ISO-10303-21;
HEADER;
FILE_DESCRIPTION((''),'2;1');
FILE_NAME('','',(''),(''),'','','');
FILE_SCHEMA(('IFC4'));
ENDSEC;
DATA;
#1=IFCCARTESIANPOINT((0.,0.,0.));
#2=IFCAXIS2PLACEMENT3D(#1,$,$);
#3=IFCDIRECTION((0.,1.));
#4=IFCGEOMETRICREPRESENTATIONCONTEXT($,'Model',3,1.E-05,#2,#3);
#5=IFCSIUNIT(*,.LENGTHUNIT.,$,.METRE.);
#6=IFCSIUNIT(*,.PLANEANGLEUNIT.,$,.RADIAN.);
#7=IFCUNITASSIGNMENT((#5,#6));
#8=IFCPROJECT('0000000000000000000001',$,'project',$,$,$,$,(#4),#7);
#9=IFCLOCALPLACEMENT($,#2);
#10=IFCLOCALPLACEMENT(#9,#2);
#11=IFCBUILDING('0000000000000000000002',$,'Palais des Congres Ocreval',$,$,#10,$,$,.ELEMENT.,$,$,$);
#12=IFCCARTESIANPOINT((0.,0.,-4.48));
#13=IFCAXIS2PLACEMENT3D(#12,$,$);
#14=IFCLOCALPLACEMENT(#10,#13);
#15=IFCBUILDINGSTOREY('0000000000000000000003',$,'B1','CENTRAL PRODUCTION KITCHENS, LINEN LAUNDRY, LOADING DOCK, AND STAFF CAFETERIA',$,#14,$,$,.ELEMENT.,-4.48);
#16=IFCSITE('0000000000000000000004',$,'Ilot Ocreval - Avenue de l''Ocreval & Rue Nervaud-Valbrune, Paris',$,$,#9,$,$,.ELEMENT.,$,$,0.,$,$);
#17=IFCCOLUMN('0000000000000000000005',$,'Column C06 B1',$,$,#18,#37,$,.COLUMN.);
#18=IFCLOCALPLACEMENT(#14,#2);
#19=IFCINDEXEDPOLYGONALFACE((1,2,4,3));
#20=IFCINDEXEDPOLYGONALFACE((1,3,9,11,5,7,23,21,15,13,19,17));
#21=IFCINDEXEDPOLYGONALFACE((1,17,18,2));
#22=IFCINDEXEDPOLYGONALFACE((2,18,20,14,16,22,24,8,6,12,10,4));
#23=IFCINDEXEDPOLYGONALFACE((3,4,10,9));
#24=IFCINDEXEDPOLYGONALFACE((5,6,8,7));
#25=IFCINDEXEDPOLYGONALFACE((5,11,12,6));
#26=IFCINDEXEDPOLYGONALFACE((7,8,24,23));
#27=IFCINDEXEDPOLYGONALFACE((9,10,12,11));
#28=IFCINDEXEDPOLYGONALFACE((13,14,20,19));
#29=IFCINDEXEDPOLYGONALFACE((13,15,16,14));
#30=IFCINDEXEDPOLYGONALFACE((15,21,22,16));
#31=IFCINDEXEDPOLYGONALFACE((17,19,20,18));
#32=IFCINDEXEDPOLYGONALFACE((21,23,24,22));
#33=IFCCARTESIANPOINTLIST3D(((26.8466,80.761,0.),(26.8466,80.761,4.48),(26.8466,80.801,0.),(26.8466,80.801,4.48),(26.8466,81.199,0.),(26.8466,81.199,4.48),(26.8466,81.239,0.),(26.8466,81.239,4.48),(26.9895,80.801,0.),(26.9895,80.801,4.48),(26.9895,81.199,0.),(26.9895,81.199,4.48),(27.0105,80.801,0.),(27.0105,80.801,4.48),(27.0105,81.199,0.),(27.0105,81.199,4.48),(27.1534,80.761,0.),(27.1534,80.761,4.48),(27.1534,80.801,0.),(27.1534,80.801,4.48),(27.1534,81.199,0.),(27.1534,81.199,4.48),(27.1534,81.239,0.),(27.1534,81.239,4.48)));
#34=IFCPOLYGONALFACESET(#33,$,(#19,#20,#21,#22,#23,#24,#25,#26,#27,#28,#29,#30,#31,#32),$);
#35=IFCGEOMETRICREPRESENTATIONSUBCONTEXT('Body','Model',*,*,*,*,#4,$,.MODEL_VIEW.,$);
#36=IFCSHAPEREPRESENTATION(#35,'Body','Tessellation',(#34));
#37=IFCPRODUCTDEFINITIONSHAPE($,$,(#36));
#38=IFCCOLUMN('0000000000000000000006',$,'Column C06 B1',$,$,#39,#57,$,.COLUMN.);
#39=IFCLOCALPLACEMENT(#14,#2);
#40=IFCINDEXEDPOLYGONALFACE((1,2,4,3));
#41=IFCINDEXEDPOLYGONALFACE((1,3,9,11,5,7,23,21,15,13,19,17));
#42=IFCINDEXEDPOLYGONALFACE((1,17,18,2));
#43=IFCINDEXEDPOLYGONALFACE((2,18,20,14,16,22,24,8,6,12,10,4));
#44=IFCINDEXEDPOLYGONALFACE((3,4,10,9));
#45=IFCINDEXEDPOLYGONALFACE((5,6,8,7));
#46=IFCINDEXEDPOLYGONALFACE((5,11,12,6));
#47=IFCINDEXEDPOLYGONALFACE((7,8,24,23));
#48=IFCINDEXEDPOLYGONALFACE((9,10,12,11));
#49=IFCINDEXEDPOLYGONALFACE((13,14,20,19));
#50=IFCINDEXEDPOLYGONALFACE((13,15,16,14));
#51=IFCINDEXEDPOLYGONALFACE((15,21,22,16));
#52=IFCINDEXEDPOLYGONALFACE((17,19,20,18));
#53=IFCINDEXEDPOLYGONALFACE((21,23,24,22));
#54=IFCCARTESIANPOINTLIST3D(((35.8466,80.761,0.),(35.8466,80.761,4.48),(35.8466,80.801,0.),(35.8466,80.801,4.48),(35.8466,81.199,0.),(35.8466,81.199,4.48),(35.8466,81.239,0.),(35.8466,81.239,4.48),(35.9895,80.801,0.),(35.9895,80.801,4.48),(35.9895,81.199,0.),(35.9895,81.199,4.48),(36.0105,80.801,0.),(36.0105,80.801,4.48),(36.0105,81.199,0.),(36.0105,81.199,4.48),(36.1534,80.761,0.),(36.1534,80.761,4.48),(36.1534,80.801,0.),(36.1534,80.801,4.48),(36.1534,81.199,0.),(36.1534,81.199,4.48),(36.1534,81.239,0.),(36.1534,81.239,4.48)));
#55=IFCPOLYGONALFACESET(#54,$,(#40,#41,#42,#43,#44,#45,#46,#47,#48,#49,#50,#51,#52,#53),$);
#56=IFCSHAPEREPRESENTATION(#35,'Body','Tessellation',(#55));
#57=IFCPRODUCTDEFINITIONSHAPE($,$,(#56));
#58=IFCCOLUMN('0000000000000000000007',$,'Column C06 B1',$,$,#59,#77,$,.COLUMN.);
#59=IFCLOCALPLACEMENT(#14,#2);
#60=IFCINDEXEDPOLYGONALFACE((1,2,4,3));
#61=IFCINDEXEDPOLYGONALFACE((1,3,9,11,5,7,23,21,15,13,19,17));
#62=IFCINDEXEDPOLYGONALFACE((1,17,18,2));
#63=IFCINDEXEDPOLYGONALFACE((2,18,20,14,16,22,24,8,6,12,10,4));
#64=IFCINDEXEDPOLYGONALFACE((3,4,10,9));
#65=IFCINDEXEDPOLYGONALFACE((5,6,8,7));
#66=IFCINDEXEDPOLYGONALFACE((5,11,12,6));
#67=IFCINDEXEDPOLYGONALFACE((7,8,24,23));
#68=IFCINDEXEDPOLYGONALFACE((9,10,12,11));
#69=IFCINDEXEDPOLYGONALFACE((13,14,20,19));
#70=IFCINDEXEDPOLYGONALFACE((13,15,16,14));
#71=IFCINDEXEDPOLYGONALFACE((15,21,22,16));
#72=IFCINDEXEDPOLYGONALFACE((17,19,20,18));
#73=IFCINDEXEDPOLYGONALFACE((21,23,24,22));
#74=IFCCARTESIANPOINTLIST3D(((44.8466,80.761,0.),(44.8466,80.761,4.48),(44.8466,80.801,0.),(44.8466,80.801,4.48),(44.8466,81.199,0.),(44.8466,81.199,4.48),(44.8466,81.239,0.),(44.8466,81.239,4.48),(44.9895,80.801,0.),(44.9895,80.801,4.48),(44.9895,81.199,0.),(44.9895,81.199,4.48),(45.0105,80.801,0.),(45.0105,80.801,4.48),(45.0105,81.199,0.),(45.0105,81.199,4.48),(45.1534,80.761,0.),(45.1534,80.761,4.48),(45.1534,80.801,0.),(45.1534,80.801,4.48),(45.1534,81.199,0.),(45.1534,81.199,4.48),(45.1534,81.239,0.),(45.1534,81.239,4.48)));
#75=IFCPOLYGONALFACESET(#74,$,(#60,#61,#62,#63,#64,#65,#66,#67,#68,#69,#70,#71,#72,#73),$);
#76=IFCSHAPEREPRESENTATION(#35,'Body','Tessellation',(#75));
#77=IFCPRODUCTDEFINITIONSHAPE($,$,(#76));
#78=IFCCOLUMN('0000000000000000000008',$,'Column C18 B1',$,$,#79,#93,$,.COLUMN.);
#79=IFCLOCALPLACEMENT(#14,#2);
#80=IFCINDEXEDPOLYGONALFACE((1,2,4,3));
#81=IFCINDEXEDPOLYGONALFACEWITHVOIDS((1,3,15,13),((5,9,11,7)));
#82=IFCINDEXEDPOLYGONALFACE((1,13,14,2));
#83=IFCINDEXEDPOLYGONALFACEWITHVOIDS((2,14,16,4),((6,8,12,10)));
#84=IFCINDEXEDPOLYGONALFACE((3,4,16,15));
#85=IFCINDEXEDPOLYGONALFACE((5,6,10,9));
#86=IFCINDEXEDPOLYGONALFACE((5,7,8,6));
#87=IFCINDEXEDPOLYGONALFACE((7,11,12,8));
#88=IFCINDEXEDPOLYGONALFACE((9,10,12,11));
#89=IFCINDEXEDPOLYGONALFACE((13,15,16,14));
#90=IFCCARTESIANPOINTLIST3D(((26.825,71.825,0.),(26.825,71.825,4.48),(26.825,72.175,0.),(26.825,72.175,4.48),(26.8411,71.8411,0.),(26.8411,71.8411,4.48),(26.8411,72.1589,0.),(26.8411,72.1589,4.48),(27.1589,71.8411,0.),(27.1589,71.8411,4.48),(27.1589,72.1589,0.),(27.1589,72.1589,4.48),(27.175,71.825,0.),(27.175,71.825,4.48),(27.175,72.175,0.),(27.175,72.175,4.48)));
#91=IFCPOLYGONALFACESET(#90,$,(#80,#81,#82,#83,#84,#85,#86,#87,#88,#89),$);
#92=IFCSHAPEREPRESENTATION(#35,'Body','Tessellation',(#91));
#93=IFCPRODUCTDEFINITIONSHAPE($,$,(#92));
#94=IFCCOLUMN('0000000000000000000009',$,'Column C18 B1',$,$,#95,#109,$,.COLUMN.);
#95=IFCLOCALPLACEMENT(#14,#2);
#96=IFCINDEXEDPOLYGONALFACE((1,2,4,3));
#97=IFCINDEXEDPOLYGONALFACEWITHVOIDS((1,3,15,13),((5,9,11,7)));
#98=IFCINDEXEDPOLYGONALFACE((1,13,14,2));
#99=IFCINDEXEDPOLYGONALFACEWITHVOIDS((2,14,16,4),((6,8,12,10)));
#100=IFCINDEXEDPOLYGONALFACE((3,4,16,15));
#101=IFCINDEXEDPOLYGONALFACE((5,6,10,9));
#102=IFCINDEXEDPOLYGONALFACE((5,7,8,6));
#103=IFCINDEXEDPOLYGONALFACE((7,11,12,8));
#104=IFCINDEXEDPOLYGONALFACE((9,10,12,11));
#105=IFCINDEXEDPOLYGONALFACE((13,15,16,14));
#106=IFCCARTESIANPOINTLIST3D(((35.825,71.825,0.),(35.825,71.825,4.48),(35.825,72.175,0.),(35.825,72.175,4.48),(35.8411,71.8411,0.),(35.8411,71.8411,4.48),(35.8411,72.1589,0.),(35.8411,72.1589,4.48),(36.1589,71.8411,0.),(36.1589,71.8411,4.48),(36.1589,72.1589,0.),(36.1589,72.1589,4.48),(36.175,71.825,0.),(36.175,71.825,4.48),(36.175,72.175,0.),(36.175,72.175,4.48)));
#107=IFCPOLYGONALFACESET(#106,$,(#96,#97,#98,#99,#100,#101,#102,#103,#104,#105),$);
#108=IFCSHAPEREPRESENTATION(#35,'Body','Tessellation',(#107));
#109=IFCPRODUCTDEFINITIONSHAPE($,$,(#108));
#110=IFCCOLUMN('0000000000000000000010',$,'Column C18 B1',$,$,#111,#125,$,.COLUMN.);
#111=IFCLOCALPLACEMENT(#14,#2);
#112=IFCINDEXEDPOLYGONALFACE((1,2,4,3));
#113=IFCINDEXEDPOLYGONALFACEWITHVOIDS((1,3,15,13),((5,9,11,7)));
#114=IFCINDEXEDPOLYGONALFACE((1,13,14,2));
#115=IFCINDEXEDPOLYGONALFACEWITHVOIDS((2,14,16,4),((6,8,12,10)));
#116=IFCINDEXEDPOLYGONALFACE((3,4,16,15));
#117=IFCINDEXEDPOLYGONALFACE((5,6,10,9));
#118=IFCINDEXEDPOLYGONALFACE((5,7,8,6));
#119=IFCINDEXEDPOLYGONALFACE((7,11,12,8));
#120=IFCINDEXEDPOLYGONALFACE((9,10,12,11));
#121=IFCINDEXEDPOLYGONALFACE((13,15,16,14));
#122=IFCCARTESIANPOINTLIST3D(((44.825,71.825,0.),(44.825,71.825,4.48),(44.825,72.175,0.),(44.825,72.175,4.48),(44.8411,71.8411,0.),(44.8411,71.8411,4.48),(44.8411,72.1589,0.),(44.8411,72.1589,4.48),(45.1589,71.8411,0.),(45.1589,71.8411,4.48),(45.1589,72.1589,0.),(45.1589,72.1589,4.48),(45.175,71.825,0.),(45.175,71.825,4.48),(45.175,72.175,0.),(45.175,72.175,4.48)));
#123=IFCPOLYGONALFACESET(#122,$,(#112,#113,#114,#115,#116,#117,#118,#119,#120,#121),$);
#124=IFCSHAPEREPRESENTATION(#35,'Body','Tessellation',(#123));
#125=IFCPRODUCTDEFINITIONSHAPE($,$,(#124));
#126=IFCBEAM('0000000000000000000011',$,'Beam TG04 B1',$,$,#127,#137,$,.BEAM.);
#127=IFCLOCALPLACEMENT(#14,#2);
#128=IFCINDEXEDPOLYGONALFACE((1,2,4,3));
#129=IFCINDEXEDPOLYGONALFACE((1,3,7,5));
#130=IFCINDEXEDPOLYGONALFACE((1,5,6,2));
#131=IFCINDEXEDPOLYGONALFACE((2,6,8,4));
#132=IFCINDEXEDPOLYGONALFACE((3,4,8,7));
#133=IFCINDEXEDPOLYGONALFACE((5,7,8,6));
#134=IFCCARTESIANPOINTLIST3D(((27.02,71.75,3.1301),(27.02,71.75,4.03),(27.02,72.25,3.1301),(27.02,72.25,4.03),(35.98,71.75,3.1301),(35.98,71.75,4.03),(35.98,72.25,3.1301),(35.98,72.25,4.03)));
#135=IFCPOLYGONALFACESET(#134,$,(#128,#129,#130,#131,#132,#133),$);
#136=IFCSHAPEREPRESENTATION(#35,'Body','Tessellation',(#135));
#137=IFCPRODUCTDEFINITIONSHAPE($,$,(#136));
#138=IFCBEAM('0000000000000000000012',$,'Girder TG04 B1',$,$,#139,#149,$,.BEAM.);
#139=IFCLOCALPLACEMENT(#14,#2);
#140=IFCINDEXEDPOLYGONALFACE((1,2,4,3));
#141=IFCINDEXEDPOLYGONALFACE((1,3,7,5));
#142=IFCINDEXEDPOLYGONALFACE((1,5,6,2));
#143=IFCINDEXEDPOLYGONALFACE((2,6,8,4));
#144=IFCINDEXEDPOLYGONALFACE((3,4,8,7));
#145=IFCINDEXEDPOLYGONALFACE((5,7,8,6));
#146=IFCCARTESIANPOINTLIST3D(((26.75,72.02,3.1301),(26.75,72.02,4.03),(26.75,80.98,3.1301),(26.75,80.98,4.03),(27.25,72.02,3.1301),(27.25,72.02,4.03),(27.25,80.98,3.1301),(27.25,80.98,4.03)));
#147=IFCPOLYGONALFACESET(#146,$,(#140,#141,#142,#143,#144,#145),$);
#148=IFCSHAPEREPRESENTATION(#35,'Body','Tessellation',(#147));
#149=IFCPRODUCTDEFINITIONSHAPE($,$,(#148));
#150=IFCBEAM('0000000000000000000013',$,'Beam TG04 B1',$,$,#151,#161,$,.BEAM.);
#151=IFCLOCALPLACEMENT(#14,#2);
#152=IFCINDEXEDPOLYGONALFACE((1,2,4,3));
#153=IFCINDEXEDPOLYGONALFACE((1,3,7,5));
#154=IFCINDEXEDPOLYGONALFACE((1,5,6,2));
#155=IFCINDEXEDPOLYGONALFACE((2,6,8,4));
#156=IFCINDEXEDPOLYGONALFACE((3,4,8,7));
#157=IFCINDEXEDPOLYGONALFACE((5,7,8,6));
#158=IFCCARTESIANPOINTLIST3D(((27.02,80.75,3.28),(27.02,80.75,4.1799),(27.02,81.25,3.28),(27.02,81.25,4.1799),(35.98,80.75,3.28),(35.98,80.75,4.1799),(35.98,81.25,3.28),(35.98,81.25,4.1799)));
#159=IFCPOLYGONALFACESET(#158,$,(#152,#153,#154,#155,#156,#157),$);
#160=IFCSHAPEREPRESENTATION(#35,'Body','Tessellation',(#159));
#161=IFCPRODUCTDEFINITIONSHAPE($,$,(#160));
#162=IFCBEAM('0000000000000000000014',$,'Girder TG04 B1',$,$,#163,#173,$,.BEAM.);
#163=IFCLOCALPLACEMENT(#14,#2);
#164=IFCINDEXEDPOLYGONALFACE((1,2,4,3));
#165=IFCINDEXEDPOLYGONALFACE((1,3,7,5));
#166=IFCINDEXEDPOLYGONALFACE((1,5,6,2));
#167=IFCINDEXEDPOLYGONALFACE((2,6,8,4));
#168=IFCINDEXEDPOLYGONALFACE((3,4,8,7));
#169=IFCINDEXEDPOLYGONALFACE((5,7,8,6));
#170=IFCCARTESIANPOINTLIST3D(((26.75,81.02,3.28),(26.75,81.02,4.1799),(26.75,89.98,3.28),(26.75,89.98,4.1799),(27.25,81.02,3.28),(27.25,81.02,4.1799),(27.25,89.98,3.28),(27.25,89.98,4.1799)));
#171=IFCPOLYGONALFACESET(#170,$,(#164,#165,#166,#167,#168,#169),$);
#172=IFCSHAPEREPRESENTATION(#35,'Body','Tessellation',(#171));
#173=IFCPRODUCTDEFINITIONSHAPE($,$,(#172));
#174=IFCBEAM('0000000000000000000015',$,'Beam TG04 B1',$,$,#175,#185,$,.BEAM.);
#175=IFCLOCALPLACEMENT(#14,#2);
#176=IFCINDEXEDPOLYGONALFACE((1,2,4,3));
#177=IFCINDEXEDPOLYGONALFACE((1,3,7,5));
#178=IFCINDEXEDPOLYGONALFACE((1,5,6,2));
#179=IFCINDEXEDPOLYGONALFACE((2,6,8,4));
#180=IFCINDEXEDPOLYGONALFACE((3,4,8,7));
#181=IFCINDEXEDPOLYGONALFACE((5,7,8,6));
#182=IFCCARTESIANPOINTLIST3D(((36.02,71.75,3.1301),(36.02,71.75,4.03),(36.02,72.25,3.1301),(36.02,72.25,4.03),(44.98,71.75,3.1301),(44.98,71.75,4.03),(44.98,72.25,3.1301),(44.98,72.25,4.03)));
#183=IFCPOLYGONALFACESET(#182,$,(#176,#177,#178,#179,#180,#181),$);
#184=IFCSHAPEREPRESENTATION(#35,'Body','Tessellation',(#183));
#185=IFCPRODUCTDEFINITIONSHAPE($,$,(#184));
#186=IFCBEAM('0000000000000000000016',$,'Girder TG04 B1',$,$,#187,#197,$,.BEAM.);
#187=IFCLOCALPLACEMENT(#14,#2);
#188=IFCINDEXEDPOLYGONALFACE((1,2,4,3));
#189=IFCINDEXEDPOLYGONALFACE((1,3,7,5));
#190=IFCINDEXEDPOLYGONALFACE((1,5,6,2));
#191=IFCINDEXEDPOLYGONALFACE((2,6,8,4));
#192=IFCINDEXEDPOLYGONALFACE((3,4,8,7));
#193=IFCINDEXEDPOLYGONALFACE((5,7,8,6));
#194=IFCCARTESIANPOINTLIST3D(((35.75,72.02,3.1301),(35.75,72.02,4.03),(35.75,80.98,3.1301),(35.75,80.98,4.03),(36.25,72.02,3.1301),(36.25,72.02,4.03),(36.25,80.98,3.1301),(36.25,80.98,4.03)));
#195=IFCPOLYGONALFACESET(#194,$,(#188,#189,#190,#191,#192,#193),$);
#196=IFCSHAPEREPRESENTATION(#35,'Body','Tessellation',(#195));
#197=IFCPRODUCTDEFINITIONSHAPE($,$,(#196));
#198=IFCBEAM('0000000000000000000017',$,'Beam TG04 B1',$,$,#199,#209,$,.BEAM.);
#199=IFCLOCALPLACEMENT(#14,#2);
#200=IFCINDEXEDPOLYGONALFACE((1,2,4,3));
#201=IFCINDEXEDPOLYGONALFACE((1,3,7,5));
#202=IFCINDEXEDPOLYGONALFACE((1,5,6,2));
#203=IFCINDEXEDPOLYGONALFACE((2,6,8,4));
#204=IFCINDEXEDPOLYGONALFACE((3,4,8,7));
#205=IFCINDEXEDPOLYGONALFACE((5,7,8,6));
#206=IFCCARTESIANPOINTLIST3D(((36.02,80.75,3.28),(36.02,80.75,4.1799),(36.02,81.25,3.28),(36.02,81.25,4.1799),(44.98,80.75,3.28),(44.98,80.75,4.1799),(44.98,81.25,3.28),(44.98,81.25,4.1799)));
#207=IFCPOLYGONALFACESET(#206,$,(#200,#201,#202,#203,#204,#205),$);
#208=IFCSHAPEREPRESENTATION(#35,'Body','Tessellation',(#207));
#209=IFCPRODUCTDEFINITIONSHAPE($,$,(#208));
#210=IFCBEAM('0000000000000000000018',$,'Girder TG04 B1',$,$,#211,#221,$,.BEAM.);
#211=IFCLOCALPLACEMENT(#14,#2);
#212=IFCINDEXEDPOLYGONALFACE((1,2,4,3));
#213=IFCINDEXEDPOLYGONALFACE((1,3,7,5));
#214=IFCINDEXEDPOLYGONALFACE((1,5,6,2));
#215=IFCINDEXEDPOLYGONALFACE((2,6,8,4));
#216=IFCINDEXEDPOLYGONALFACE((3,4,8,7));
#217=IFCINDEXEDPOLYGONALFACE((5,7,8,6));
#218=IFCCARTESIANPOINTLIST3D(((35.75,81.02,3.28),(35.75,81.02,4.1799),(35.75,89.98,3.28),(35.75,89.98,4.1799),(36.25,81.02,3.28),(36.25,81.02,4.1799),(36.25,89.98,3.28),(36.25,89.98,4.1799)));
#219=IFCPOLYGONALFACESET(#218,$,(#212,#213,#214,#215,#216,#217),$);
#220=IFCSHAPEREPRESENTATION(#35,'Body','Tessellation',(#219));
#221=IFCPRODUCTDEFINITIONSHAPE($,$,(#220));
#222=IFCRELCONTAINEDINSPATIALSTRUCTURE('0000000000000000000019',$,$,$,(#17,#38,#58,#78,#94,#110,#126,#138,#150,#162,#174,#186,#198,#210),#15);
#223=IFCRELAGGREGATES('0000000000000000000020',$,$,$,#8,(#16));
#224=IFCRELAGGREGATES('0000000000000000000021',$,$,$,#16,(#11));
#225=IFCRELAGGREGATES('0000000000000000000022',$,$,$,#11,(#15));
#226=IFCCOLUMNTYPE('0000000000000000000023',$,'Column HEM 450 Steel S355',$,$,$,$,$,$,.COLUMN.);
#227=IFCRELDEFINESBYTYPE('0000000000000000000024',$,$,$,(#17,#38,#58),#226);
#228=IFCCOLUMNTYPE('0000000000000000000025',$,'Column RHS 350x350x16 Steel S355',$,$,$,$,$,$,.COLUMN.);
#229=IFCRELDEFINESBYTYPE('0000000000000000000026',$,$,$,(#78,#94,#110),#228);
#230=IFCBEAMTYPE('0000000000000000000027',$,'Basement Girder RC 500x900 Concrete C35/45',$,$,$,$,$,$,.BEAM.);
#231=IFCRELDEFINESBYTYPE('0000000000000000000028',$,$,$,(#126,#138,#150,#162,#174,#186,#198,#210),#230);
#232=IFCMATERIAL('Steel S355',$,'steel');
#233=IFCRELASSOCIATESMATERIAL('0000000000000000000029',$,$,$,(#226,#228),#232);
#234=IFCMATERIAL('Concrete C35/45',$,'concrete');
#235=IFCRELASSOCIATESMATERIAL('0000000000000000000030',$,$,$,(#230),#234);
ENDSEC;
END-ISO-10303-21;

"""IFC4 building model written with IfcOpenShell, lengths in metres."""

from ifc_helpers import new_model, si_unit, direction, frame, origin, origin_2d, place, context, subcontext, project, spatial, rectangle, hollow_rectangle, i_section, extrude, material, material_profile, profile_set, type_object, element, save


model = new_model("IFC4")

# Units and contexts
model_context = context("Model", 3, precision=1e-05, world=origin(), true_north=direction((0.0, 1.0)))
body_context = subcontext(model_context, "Body", "Model", "MODEL_VIEW")
ifc_project = project(units=[si_unit("LENGTHUNIT", "METRE"), si_unit("PLANEANGLEUNIT", "RADIAN")], contexts=[model_context])

# Site, building, storey
site_placement = place(None, origin())
site = spatial("IfcSite", under=ifc_project, at=site_placement, Name="Ilot Ocreval - Avenue de l'Ocreval & Rue Nervaud-Valbrune, Paris", CompositionType="ELEMENT", RefElevation=0.0)
building_placement = place(site_placement, origin())
building = spatial("IfcBuilding", under=site, at=building_placement, Name="Palais des Congres Ocreval", CompositionType="ELEMENT")
storey_placement = place(building_placement, frame((0.0, 0.0, -4.48)))
storey = spatial("IfcBuildingStorey", under=building, at=storey_placement, Name="B1", Description="CENTRAL PRODUCTION KITCHENS, LINEN LAUNDRY, LOADING DOCK, AND STAFF CAFETERIA", CompositionType="ELEMENT", Elevation=-4.48)

# Columns
ifc_material_1 = material(Name="Steel S355", Category="steel")
ifc_material_profile_1 = material_profile(ifc_material_1, i_section(OverallWidth=0.3069, OverallDepth=0.478, WebThickness=0.021, FlangeThickness=0.04, at=origin_2d()), Name="HEM 450")
ifc_profile_set_1 = profile_set([ifc_material_profile_1], Name="Steel S355")
column_type_1 = type_object("IfcColumnType", Name="Column HEM 450 Steel S355", PredefinedType="COLUMN", material=ifc_profile_set_1)
for number, where, z_axis, x_axis, name in (
    (1, (27.0, 81.0, 0.0), (0.0, 0.0, 1.0), (1.0, 0.0, 0.0), "Column C06 B1"),
    (2, (36.0, 81.0, 0.0), (0.0, 0.0, 1.0), (1.0, 0.0, 0.0), "Column C06 B1"),
    (3, (45.0, 81.0, 0.0), (0.0, 0.0, 1.0), (1.0, 0.0, 0.0), "Column C06 B1"),
):
    element("IfcColumn", number, at=place(storey_placement, frame(where, z_axis=z_axis, x_axis=x_axis)), inside=storey, type_object=column_type_1, Name=name, PredefinedType="COLUMN", context=body_context, shape_type="SweptSolid", body=[
        extrude(i_section(OverallWidth=0.3069, OverallDepth=0.478, WebThickness=0.021, FlangeThickness=0.04, at=origin_2d()), origin(), (0.0, 0.0, 1.0), 4.48),
    ])
ifc_material_profile_2 = material_profile(ifc_material_1, hollow_rectangle(XDim=0.3501, YDim=0.3501, WallThickness=0.0161, at=origin_2d()), Name="RHS 350x350x16")
ifc_profile_set_2 = profile_set([ifc_material_profile_2], Name="Steel S355")
column_type_2 = type_object("IfcColumnType", Name="Column RHS 350x350x16 Steel S355", PredefinedType="COLUMN", material=ifc_profile_set_2)
for number, where, z_axis, x_axis, name in (
    (4, (27.0, 72.0, 0.0), (0.0, 0.0, 1.0), (1.0, 0.0, 0.0), "Column C18 B1"),
    (5, (36.0, 72.0, 0.0), (0.0, 0.0, 1.0), (1.0, 0.0, 0.0), "Column C18 B1"),
    (6, (45.0, 72.0, 0.0), (0.0, 0.0, 1.0), (1.0, 0.0, 0.0), "Column C18 B1"),
):
    element("IfcColumn", number, at=place(storey_placement, frame(where, z_axis=z_axis, x_axis=x_axis)), inside=storey, type_object=column_type_2, Name=name, PredefinedType="COLUMN", context=body_context, shape_type="SweptSolid", body=[
        extrude(hollow_rectangle(XDim=0.3501, YDim=0.3501, WallThickness=0.0161, at=origin_2d()), origin(), (0.0, 0.0, 1.0), 4.48),
    ])

# Beams
ifc_material_2 = material(Name="Concrete C35/45", Category="concrete")
ifc_material_profile_3 = material_profile(ifc_material_2, rectangle(XDim=0.5, YDim=0.8999, at=origin_2d()), Name="RC 500x900")
ifc_profile_set_3 = profile_set([ifc_material_profile_3], Name="Concrete C35/45")
beam_type_1 = type_object("IfcBeamType", Name="Basement Girder RC 500x900 Concrete C35/45", PredefinedType="BEAM", material=ifc_profile_set_3)
for number, where, z_axis, x_axis, name in (
    (7, (27.02, 72.0, 3.5801), (1.0, 0.0, 0.0), (0.0, 1.0, 0.0), "Beam TG04 B1"),
    (8, (27.0, 72.02, 3.5801), (0.0, 1.0, 0.0), (-1.0, 0.0, 0.0), "Girder TG04 B1"),
    (9, (27.02, 81.0, 3.73), (1.0, 0.0, 0.0), (0.0, 1.0, 0.0), "Beam TG04 B1"),
    (10, (27.0, 81.02, 3.73), (0.0, 1.0, 0.0), (-1.0, 0.0, 0.0), "Girder TG04 B1"),
    (11, (36.02, 72.0, 3.5801), (1.0, 0.0, 0.0), (0.0, 1.0, 0.0), "Beam TG04 B1"),
    (12, (36.0, 72.02, 3.5801), (0.0, 1.0, 0.0), (-1.0, 0.0, 0.0), "Girder TG04 B1"),
    (13, (36.02, 81.0, 3.73), (1.0, 0.0, 0.0), (0.0, 1.0, 0.0), "Beam TG04 B1"),
    (14, (36.0, 81.02, 3.73), (0.0, 1.0, 0.0), (-1.0, 0.0, 0.0), "Girder TG04 B1"),
):
    element("IfcBeam", number, at=place(storey_placement, frame(where, z_axis=z_axis, x_axis=x_axis)), inside=storey, type_object=beam_type_1, Name=name, PredefinedType="BEAM", context=body_context, shape_type="SweptSolid", body=[
        extrude(rectangle(XDim=0.5, YDim=0.8999, at=origin_2d()), origin(), (0.0, 0.0, 1.0), 8.96),
    ])

save(model, "model.ifc")
